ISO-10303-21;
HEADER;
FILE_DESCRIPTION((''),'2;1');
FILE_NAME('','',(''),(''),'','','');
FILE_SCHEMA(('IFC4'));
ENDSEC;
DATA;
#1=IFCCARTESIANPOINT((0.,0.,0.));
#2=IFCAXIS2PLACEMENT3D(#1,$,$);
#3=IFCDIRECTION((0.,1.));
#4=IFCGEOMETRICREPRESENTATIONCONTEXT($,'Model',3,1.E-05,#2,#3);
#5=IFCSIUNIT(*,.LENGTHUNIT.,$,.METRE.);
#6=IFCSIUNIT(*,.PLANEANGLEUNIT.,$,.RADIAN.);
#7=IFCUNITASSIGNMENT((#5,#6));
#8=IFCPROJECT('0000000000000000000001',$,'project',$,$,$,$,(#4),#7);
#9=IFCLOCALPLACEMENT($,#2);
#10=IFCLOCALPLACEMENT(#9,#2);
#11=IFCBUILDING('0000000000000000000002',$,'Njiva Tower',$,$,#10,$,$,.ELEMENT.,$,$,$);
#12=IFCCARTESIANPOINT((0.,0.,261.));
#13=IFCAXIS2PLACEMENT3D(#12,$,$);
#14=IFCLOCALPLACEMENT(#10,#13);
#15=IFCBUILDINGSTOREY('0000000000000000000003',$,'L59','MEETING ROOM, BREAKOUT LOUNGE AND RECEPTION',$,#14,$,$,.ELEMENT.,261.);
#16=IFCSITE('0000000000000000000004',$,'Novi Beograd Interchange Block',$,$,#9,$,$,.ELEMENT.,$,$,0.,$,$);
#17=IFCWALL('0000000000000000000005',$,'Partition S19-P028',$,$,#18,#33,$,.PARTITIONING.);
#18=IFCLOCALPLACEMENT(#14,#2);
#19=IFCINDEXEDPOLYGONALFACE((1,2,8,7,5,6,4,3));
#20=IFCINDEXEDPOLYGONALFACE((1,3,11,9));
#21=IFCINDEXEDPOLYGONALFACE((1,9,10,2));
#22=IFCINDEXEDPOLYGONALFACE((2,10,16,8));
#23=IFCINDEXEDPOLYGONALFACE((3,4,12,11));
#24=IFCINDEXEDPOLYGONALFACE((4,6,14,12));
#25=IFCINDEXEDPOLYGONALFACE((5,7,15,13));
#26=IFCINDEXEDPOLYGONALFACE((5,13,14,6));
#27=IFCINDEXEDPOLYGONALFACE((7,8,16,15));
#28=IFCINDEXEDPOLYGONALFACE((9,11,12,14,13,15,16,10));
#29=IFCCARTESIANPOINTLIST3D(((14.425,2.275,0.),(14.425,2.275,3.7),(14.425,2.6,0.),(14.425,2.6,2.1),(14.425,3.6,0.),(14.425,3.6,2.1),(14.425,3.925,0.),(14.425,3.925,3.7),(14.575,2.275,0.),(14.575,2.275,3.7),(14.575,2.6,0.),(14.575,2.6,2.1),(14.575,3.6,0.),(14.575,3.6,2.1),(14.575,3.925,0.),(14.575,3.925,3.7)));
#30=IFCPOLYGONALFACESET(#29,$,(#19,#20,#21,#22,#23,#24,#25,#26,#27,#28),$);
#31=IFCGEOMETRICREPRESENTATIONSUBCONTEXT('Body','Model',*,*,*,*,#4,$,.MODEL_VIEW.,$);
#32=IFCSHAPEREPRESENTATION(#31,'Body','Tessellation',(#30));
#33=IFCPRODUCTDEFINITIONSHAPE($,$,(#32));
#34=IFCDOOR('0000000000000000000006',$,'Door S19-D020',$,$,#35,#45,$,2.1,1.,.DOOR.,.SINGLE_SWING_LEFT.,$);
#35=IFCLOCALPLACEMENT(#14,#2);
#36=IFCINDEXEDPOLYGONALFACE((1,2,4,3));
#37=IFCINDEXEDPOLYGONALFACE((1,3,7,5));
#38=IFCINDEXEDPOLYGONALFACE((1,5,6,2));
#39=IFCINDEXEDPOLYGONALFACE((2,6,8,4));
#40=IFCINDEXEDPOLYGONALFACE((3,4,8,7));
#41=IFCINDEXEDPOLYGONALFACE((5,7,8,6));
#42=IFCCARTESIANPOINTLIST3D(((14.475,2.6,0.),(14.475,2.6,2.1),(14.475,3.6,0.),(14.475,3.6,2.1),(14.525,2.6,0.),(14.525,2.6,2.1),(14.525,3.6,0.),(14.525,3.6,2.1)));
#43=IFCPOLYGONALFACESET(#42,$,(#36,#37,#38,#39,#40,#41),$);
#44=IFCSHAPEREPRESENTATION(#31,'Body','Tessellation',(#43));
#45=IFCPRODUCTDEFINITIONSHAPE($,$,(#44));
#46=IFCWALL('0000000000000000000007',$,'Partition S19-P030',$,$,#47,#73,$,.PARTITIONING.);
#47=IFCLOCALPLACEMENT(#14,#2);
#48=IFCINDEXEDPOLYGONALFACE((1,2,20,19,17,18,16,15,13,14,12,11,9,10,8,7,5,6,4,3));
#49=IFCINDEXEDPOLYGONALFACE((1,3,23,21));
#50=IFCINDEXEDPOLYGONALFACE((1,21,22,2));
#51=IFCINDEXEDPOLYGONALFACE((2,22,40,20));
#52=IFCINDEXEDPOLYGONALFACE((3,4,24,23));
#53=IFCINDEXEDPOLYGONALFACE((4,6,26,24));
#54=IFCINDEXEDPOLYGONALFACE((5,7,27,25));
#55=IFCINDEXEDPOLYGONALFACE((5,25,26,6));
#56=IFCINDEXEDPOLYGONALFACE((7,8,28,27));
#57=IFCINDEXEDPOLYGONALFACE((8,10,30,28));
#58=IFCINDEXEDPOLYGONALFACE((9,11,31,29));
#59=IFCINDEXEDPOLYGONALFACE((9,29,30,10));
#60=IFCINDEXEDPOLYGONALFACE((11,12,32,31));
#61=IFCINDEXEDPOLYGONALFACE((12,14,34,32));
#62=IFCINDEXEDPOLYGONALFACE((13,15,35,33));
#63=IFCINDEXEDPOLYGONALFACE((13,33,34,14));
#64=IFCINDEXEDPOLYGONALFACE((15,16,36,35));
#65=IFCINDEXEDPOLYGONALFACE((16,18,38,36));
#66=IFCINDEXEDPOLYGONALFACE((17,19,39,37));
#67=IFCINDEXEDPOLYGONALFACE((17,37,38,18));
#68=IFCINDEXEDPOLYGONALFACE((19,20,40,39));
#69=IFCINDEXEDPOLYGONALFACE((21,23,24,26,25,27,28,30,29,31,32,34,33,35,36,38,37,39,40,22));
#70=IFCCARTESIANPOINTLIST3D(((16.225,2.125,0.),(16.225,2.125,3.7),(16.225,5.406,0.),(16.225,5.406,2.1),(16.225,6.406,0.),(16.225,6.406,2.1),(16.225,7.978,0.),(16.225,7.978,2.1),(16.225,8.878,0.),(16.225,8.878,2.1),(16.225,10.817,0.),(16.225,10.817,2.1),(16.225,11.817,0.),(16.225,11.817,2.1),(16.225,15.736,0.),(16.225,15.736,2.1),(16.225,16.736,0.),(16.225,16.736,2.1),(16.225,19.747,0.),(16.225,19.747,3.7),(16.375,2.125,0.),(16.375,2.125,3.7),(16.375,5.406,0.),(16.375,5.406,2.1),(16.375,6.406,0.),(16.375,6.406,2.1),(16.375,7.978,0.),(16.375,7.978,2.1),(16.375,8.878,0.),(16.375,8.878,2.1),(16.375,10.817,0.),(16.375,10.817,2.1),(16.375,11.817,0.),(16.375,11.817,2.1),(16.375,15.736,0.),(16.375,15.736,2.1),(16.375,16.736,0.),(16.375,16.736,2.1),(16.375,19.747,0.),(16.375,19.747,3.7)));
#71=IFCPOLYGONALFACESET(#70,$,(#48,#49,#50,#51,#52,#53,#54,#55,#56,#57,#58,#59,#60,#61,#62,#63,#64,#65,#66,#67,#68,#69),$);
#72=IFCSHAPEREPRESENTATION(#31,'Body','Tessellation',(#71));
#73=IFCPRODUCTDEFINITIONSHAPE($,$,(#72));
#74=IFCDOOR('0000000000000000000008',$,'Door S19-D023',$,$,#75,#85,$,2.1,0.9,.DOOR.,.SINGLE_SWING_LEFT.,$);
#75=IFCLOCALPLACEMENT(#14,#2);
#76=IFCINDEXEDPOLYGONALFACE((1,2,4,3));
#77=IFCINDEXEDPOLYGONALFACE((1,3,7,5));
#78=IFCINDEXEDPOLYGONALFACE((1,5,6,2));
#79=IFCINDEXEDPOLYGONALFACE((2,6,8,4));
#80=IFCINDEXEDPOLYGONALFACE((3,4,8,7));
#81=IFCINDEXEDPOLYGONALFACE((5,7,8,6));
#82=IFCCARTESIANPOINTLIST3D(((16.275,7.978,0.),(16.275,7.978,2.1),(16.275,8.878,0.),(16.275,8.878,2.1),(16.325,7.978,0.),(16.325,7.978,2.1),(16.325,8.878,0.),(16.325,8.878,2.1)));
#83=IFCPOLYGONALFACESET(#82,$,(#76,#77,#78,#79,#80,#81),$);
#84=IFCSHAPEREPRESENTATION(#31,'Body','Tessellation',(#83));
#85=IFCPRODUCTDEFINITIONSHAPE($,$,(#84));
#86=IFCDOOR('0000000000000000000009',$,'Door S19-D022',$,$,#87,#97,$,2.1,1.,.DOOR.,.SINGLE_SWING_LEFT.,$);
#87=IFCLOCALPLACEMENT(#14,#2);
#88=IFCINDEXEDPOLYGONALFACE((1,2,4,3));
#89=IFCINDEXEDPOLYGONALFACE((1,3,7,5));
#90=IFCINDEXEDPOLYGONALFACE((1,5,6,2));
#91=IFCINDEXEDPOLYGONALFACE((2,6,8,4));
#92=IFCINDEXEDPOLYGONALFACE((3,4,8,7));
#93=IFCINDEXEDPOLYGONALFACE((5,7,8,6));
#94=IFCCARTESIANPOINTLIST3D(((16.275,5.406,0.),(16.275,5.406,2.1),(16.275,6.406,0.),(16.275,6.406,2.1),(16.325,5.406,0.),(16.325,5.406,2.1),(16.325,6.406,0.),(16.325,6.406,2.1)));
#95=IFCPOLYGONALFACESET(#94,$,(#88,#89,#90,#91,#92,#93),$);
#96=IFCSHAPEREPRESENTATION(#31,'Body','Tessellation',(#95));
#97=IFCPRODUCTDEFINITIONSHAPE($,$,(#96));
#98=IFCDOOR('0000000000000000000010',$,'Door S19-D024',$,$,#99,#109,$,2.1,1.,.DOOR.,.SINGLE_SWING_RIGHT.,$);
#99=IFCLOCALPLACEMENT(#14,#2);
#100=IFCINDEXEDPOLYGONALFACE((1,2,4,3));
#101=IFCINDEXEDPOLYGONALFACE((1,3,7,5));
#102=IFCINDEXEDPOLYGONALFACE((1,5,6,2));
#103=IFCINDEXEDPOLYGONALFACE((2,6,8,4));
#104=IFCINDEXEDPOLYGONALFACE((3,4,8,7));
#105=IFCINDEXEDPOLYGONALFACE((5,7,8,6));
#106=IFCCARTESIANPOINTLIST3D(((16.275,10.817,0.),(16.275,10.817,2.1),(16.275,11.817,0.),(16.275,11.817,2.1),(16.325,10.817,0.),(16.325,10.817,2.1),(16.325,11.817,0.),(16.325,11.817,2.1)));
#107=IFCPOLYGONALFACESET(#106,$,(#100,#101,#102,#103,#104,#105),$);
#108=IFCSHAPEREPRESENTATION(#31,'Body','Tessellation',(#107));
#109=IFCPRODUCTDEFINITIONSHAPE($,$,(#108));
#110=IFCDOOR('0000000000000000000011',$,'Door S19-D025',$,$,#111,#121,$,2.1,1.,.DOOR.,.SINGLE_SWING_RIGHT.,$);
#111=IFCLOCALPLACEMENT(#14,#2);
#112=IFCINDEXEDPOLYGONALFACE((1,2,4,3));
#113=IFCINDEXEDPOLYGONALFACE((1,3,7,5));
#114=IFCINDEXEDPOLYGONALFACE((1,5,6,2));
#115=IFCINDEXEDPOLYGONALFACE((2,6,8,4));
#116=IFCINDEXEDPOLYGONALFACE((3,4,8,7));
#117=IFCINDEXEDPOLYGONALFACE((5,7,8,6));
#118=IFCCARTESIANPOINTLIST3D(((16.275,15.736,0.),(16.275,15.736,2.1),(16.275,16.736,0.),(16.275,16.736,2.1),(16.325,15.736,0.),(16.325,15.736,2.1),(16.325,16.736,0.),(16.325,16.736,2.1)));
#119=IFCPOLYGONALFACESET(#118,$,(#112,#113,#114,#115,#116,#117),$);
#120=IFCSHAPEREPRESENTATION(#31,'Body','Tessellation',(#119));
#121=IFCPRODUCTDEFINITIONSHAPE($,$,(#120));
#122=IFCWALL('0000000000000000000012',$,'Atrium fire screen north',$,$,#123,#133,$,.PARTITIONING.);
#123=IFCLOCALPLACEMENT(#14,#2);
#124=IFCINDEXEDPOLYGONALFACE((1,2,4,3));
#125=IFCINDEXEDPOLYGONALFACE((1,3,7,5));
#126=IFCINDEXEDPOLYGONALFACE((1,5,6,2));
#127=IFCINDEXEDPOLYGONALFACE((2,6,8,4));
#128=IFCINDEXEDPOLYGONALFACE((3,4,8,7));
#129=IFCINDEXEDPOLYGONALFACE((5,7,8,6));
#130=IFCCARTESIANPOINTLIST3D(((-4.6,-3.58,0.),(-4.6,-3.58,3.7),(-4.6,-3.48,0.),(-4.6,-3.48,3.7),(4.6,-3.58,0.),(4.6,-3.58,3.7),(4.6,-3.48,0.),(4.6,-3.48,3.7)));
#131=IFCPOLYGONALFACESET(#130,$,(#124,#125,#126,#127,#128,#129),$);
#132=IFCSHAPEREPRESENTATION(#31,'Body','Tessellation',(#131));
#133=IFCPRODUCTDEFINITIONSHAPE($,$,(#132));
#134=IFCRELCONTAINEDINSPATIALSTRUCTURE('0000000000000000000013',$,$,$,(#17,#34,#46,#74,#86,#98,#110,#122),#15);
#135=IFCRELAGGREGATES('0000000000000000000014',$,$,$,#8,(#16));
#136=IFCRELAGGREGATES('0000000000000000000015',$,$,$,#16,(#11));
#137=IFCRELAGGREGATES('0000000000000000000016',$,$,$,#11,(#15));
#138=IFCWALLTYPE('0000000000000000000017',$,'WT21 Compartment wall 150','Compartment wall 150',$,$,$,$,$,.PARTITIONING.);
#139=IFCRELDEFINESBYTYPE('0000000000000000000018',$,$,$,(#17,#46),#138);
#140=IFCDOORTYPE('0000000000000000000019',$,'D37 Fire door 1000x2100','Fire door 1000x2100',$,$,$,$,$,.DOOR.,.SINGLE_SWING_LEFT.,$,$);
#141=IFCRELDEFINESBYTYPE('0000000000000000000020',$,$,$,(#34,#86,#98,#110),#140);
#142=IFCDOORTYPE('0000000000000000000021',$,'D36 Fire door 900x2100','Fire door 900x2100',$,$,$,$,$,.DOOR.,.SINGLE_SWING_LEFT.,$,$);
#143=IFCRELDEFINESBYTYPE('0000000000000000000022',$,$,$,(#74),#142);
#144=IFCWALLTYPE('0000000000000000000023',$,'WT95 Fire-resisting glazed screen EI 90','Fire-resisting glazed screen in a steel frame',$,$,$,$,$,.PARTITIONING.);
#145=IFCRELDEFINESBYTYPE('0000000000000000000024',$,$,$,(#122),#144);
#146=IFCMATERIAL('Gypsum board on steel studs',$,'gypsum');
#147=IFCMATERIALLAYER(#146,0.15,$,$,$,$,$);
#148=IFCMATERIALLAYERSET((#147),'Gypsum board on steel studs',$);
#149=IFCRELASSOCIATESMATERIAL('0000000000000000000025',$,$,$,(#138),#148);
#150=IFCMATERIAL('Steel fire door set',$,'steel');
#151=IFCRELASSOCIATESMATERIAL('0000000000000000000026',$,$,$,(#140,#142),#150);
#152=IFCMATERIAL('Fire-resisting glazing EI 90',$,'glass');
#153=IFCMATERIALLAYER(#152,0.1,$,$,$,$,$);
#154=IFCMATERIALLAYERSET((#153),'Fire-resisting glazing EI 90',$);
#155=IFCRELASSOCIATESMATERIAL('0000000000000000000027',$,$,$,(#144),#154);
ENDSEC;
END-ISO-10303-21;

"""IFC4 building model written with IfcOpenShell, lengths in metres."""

from ifc_helpers import new_model, si_unit, direction, frame, frame_2d, origin, place, context, subcontext, project, spatial, rectangle, extrude, material, layer, layer_set, type_object, element, fill, save


model = new_model("IFC4")

# Units and contexts
model_context = context("Model", 3, precision=1e-05, world=origin(), true_north=direction((0.0, 1.0)))
body_context = subcontext(model_context, "Body", "Model", "MODEL_VIEW")
ifc_project = project(units=[si_unit("LENGTHUNIT", "METRE"), si_unit("PLANEANGLEUNIT", "RADIAN")], contexts=[model_context])

# Site, building, storey
site_placement = place(None, origin())
site = spatial("IfcSite", under=ifc_project, at=site_placement, Name="Novi Beograd Interchange Block", CompositionType="ELEMENT", RefElevation=0.0)
building_placement = place(site_placement, origin())
building = spatial("IfcBuilding", under=site, at=building_placement, Name="Njiva Tower", CompositionType="ELEMENT")
storey_placement = place(building_placement, frame((0.0, 0.0, 261.0)))
storey = spatial("IfcBuildingStorey", under=building, at=storey_placement, Name="L59", Description="MEETING ROOM, BREAKOUT LOUNGE AND RECEPTION", CompositionType="ELEMENT", Elevation=261.0)

# Shared definitions
ifc_material_1 = material(Name="Gypsum board on steel studs", Category="gypsum")
ifc_layer_1 = layer(ifc_material_1, 0.15)
ifc_layer_set_1 = layer_set([ifc_layer_1], Name="Gypsum board on steel studs")
wall_type_1 = type_object("IfcWallType", Name="WT21 Compartment wall 150", Description="Compartment wall 150", PredefinedType="PARTITIONING", material=ifc_layer_set_1)

# Wall, opening, door
ifc_material_2 = material(Name="Steel fire door set", Category="steel")
door_type_1 = type_object("IfcDoorType", Name="D37 Fire door 1000x2100", Description="Fire door 1000x2100", OperationType="SINGLE_SWING_LEFT", PredefinedType="DOOR", material=ifc_material_2)
wall_1_placement = place(storey_placement, frame((14.5, 2.275, 0.0), z_axis=(0.0, 0.0, 1.0), x_axis=(0.0, 1.0, 0.0)))
wall_1 = element("IfcWall", 1, at=wall_1_placement, inside=storey, type_object=wall_type_1, Name="Partition S19-P028", PredefinedType="PARTITIONING", context=body_context, shape_type="SweptSolid", body=[
    extrude(rectangle(XDim=1.65, YDim=0.15, at=frame_2d((0.825, 0.0))), origin(), (0.0, 0.0, 1.0), 3.7),
])
opening_1_placement = place(wall_1_placement, frame((0.325, 0.0, 0.0)))
opening_1 = element("IfcOpeningElement", 2, at=opening_1_placement, cuts=wall_1, PredefinedType="OPENING", context=body_context, shape_type="SweptSolid", body=[
    extrude(rectangle(XDim=1.0, YDim=2.1, at=frame_2d((0.5, 1.05))), frame((0.0, 0.085, 0.0), z_axis=(0.0, -1.0, 0.0), x_axis=(1.0, 0.0, 0.0)), (0.0, 0.0, 1.0), 0.17),
])
door_1_placement = place(opening_1_placement, origin())
door_1 = element("IfcDoor", 3, at=door_1_placement, inside=storey, type_object=door_type_1, Name="Door S19-D020", OperationType="SINGLE_SWING_LEFT", OverallHeight=2.1, OverallWidth=1.0, PredefinedType="DOOR", context=body_context, shape_type="SweptSolid", body=[
    extrude(rectangle(XDim=1.0, YDim=2.1, at=frame_2d((0.5, 1.05))), frame((0.0, 0.025, 0.0), z_axis=(0.0, -1.0, 0.0), x_axis=(1.0, 0.0, 0.0)), (0.0, 0.0, 1.0), 0.05),
])
fill(opening_1, door_1)

# Wall, openings, doors
wall_2_placement = place(storey_placement, frame((16.3, 2.125, 0.0), z_axis=(0.0, 0.0, 1.0), x_axis=(0.0, 1.0, 0.0)))
wall_2 = element("IfcWall", 4, at=wall_2_placement, inside=storey, type_object=wall_type_1, Name="Partition S19-P030", PredefinedType="PARTITIONING", context=body_context, shape_type="SweptSolid", body=[
    extrude(rectangle(XDim=17.622, YDim=0.15, at=frame_2d((8.811, 0.0))), origin(), (0.0, 0.0, 1.0), 3.7),
])
opening_2_placement = place(wall_2_placement, frame((3.281, 0.0, 0.0)))
opening_2 = element("IfcOpeningElement", 5, at=opening_2_placement, cuts=wall_2, PredefinedType="OPENING", context=body_context, shape_type="SweptSolid", body=[
    extrude(rectangle(XDim=1.0, YDim=2.1, at=frame_2d((0.5, 1.05))), frame((0.0, 0.085, 0.0), z_axis=(0.0, -1.0, 0.0), x_axis=(1.0, 0.0, 0.0)), (0.0, 0.0, 1.0), 0.17),
])
opening_3_placement = place(wall_2_placement, frame((5.853, 0.0, 0.0)))
opening_3 = element("IfcOpeningElement", 6, at=opening_3_placement, cuts=wall_2, PredefinedType="OPENING", context=body_context, shape_type="SweptSolid", body=[
    extrude(rectangle(XDim=0.9, YDim=2.1, at=frame_2d((0.45, 1.05))), frame((0.0, 0.085, 0.0), z_axis=(0.0, -1.0, 0.0), x_axis=(1.0, 0.0, 0.0)), (0.0, 0.0, 1.0), 0.17),
])
opening_4_placement = place(wall_2_placement, frame((8.692, 0.0, 0.0)))
opening_4 = element("IfcOpeningElement", 7, at=opening_4_placement, cuts=wall_2, PredefinedType="OPENING", context=body_context, shape_type="SweptSolid", body=[
    extrude(rectangle(XDim=1.0, YDim=2.1, at=frame_2d((0.5, 1.05))), frame((0.0, 0.085, 0.0), z_axis=(0.0, -1.0, 0.0), x_axis=(1.0, 0.0, 0.0)), (0.0, 0.0, 1.0), 0.17),
])
opening_5_placement = place(wall_2_placement, frame((13.611, 0.0, 0.0)))
opening_5 = element("IfcOpeningElement", 8, at=opening_5_placement, cuts=wall_2, PredefinedType="OPENING", context=body_context, shape_type="SweptSolid", body=[
    extrude(rectangle(XDim=1.0, YDim=2.1, at=frame_2d((0.5, 1.05))), frame((0.0, 0.085, 0.0), z_axis=(0.0, -1.0, 0.0), x_axis=(1.0, 0.0, 0.0)), (0.0, 0.0, 1.0), 0.17),
])
door_type_2 = type_object("IfcDoorType", Name="D36 Fire door 900x2100", Description="Fire door 900x2100", OperationType="SINGLE_SWING_LEFT", PredefinedType="DOOR", material=ifc_material_2)
door_2_placement = place(opening_3_placement, origin())
door_2 = element("IfcDoor", 9, at=door_2_placement, inside=storey, type_object=door_type_2, Name="Door S19-D023", OperationType="SINGLE_SWING_LEFT", OverallHeight=2.1, OverallWidth=0.9, PredefinedType="DOOR", context=body_context, shape_type="SweptSolid", body=[
    extrude(rectangle(XDim=0.9, YDim=2.1, at=frame_2d((0.45, 1.05))), frame((0.0, 0.025, 0.0), z_axis=(0.0, -1.0, 0.0), x_axis=(1.0, 0.0, 0.0)), (0.0, 0.0, 1.0), 0.05),
])
fill(opening_3, door_2)
door_3_placement = place(opening_2_placement, origin())
door_3 = element("IfcDoor", 10, at=door_3_placement, inside=storey, type_object=door_type_1, Name="Door S19-D022", OperationType="SINGLE_SWING_LEFT", OverallHeight=2.1, OverallWidth=1.0, PredefinedType="DOOR", context=body_context, shape_type="SweptSolid", body=[
    extrude(rectangle(XDim=1.0, YDim=2.1, at=frame_2d((0.5, 1.05))), frame((0.0, 0.025, 0.0), z_axis=(0.0, -1.0, 0.0), x_axis=(1.0, 0.0, 0.0)), (0.0, 0.0, 1.0), 0.05),
])
fill(opening_2, door_3)
door_4_placement = place(opening_4_placement, origin())
door_4 = element("IfcDoor", 11, at=door_4_placement, inside=storey, type_object=door_type_1, Name="Door S19-D024", OperationType="SINGLE_SWING_RIGHT", OverallHeight=2.1, OverallWidth=1.0, PredefinedType="DOOR", context=body_context, shape_type="SweptSolid", body=[
    extrude(rectangle(XDim=1.0, YDim=2.1, at=frame_2d((0.5, 1.05))), frame((0.0, 0.025, 0.0), z_axis=(0.0, -1.0, 0.0), x_axis=(1.0, 0.0, 0.0)), (0.0, 0.0, 1.0), 0.05),
])
fill(opening_4, door_4)
door_5_placement = place(opening_5_placement, origin())
door_5 = element("IfcDoor", 12, at=door_5_placement, inside=storey, type_object=door_type_1, Name="Door S19-D025", OperationType="SINGLE_SWING_RIGHT", OverallHeight=2.1, OverallWidth=1.0, PredefinedType="DOOR", context=body_context, shape_type="SweptSolid", body=[
    extrude(rectangle(XDim=1.0, YDim=2.1, at=frame_2d((0.5, 1.05))), frame((0.0, 0.025, 0.0), z_axis=(0.0, -1.0, 0.0), x_axis=(1.0, 0.0, 0.0)), (0.0, 0.0, 1.0), 0.05),
])
fill(opening_5, door_5)

# Wall
ifc_material_3 = material(Name="Fire-resisting glazing EI 90", Category="glass")
ifc_layer_2 = layer(ifc_material_3, 0.1)
ifc_layer_set_2 = layer_set([ifc_layer_2], Name="Fire-resisting glazing EI 90")
wall_type_2 = type_object("IfcWallType", Name="WT95 Fire-resisting glazed screen EI 90", Description="Fire-resisting glazed screen in a steel frame", PredefinedType="PARTITIONING", material=ifc_layer_set_2)
wall_3_placement = place(storey_placement, frame((4.6, -3.53, 0.0), z_axis=(0.0, 0.0, 1.0), x_axis=(-1.0, 0.0, 0.0)))
element("IfcWall", 13, at=wall_3_placement, inside=storey, type_object=wall_type_2, Name="Atrium fire screen north", PredefinedType="PARTITIONING", context=body_context, shape_type="SweptSolid", body=[
    extrude(rectangle(XDim=9.2, YDim=0.1, at=frame_2d((4.6, 0.0))), origin(), (0.0, 0.0, 1.0), 3.7),
])

save(model, "model.ifc")
